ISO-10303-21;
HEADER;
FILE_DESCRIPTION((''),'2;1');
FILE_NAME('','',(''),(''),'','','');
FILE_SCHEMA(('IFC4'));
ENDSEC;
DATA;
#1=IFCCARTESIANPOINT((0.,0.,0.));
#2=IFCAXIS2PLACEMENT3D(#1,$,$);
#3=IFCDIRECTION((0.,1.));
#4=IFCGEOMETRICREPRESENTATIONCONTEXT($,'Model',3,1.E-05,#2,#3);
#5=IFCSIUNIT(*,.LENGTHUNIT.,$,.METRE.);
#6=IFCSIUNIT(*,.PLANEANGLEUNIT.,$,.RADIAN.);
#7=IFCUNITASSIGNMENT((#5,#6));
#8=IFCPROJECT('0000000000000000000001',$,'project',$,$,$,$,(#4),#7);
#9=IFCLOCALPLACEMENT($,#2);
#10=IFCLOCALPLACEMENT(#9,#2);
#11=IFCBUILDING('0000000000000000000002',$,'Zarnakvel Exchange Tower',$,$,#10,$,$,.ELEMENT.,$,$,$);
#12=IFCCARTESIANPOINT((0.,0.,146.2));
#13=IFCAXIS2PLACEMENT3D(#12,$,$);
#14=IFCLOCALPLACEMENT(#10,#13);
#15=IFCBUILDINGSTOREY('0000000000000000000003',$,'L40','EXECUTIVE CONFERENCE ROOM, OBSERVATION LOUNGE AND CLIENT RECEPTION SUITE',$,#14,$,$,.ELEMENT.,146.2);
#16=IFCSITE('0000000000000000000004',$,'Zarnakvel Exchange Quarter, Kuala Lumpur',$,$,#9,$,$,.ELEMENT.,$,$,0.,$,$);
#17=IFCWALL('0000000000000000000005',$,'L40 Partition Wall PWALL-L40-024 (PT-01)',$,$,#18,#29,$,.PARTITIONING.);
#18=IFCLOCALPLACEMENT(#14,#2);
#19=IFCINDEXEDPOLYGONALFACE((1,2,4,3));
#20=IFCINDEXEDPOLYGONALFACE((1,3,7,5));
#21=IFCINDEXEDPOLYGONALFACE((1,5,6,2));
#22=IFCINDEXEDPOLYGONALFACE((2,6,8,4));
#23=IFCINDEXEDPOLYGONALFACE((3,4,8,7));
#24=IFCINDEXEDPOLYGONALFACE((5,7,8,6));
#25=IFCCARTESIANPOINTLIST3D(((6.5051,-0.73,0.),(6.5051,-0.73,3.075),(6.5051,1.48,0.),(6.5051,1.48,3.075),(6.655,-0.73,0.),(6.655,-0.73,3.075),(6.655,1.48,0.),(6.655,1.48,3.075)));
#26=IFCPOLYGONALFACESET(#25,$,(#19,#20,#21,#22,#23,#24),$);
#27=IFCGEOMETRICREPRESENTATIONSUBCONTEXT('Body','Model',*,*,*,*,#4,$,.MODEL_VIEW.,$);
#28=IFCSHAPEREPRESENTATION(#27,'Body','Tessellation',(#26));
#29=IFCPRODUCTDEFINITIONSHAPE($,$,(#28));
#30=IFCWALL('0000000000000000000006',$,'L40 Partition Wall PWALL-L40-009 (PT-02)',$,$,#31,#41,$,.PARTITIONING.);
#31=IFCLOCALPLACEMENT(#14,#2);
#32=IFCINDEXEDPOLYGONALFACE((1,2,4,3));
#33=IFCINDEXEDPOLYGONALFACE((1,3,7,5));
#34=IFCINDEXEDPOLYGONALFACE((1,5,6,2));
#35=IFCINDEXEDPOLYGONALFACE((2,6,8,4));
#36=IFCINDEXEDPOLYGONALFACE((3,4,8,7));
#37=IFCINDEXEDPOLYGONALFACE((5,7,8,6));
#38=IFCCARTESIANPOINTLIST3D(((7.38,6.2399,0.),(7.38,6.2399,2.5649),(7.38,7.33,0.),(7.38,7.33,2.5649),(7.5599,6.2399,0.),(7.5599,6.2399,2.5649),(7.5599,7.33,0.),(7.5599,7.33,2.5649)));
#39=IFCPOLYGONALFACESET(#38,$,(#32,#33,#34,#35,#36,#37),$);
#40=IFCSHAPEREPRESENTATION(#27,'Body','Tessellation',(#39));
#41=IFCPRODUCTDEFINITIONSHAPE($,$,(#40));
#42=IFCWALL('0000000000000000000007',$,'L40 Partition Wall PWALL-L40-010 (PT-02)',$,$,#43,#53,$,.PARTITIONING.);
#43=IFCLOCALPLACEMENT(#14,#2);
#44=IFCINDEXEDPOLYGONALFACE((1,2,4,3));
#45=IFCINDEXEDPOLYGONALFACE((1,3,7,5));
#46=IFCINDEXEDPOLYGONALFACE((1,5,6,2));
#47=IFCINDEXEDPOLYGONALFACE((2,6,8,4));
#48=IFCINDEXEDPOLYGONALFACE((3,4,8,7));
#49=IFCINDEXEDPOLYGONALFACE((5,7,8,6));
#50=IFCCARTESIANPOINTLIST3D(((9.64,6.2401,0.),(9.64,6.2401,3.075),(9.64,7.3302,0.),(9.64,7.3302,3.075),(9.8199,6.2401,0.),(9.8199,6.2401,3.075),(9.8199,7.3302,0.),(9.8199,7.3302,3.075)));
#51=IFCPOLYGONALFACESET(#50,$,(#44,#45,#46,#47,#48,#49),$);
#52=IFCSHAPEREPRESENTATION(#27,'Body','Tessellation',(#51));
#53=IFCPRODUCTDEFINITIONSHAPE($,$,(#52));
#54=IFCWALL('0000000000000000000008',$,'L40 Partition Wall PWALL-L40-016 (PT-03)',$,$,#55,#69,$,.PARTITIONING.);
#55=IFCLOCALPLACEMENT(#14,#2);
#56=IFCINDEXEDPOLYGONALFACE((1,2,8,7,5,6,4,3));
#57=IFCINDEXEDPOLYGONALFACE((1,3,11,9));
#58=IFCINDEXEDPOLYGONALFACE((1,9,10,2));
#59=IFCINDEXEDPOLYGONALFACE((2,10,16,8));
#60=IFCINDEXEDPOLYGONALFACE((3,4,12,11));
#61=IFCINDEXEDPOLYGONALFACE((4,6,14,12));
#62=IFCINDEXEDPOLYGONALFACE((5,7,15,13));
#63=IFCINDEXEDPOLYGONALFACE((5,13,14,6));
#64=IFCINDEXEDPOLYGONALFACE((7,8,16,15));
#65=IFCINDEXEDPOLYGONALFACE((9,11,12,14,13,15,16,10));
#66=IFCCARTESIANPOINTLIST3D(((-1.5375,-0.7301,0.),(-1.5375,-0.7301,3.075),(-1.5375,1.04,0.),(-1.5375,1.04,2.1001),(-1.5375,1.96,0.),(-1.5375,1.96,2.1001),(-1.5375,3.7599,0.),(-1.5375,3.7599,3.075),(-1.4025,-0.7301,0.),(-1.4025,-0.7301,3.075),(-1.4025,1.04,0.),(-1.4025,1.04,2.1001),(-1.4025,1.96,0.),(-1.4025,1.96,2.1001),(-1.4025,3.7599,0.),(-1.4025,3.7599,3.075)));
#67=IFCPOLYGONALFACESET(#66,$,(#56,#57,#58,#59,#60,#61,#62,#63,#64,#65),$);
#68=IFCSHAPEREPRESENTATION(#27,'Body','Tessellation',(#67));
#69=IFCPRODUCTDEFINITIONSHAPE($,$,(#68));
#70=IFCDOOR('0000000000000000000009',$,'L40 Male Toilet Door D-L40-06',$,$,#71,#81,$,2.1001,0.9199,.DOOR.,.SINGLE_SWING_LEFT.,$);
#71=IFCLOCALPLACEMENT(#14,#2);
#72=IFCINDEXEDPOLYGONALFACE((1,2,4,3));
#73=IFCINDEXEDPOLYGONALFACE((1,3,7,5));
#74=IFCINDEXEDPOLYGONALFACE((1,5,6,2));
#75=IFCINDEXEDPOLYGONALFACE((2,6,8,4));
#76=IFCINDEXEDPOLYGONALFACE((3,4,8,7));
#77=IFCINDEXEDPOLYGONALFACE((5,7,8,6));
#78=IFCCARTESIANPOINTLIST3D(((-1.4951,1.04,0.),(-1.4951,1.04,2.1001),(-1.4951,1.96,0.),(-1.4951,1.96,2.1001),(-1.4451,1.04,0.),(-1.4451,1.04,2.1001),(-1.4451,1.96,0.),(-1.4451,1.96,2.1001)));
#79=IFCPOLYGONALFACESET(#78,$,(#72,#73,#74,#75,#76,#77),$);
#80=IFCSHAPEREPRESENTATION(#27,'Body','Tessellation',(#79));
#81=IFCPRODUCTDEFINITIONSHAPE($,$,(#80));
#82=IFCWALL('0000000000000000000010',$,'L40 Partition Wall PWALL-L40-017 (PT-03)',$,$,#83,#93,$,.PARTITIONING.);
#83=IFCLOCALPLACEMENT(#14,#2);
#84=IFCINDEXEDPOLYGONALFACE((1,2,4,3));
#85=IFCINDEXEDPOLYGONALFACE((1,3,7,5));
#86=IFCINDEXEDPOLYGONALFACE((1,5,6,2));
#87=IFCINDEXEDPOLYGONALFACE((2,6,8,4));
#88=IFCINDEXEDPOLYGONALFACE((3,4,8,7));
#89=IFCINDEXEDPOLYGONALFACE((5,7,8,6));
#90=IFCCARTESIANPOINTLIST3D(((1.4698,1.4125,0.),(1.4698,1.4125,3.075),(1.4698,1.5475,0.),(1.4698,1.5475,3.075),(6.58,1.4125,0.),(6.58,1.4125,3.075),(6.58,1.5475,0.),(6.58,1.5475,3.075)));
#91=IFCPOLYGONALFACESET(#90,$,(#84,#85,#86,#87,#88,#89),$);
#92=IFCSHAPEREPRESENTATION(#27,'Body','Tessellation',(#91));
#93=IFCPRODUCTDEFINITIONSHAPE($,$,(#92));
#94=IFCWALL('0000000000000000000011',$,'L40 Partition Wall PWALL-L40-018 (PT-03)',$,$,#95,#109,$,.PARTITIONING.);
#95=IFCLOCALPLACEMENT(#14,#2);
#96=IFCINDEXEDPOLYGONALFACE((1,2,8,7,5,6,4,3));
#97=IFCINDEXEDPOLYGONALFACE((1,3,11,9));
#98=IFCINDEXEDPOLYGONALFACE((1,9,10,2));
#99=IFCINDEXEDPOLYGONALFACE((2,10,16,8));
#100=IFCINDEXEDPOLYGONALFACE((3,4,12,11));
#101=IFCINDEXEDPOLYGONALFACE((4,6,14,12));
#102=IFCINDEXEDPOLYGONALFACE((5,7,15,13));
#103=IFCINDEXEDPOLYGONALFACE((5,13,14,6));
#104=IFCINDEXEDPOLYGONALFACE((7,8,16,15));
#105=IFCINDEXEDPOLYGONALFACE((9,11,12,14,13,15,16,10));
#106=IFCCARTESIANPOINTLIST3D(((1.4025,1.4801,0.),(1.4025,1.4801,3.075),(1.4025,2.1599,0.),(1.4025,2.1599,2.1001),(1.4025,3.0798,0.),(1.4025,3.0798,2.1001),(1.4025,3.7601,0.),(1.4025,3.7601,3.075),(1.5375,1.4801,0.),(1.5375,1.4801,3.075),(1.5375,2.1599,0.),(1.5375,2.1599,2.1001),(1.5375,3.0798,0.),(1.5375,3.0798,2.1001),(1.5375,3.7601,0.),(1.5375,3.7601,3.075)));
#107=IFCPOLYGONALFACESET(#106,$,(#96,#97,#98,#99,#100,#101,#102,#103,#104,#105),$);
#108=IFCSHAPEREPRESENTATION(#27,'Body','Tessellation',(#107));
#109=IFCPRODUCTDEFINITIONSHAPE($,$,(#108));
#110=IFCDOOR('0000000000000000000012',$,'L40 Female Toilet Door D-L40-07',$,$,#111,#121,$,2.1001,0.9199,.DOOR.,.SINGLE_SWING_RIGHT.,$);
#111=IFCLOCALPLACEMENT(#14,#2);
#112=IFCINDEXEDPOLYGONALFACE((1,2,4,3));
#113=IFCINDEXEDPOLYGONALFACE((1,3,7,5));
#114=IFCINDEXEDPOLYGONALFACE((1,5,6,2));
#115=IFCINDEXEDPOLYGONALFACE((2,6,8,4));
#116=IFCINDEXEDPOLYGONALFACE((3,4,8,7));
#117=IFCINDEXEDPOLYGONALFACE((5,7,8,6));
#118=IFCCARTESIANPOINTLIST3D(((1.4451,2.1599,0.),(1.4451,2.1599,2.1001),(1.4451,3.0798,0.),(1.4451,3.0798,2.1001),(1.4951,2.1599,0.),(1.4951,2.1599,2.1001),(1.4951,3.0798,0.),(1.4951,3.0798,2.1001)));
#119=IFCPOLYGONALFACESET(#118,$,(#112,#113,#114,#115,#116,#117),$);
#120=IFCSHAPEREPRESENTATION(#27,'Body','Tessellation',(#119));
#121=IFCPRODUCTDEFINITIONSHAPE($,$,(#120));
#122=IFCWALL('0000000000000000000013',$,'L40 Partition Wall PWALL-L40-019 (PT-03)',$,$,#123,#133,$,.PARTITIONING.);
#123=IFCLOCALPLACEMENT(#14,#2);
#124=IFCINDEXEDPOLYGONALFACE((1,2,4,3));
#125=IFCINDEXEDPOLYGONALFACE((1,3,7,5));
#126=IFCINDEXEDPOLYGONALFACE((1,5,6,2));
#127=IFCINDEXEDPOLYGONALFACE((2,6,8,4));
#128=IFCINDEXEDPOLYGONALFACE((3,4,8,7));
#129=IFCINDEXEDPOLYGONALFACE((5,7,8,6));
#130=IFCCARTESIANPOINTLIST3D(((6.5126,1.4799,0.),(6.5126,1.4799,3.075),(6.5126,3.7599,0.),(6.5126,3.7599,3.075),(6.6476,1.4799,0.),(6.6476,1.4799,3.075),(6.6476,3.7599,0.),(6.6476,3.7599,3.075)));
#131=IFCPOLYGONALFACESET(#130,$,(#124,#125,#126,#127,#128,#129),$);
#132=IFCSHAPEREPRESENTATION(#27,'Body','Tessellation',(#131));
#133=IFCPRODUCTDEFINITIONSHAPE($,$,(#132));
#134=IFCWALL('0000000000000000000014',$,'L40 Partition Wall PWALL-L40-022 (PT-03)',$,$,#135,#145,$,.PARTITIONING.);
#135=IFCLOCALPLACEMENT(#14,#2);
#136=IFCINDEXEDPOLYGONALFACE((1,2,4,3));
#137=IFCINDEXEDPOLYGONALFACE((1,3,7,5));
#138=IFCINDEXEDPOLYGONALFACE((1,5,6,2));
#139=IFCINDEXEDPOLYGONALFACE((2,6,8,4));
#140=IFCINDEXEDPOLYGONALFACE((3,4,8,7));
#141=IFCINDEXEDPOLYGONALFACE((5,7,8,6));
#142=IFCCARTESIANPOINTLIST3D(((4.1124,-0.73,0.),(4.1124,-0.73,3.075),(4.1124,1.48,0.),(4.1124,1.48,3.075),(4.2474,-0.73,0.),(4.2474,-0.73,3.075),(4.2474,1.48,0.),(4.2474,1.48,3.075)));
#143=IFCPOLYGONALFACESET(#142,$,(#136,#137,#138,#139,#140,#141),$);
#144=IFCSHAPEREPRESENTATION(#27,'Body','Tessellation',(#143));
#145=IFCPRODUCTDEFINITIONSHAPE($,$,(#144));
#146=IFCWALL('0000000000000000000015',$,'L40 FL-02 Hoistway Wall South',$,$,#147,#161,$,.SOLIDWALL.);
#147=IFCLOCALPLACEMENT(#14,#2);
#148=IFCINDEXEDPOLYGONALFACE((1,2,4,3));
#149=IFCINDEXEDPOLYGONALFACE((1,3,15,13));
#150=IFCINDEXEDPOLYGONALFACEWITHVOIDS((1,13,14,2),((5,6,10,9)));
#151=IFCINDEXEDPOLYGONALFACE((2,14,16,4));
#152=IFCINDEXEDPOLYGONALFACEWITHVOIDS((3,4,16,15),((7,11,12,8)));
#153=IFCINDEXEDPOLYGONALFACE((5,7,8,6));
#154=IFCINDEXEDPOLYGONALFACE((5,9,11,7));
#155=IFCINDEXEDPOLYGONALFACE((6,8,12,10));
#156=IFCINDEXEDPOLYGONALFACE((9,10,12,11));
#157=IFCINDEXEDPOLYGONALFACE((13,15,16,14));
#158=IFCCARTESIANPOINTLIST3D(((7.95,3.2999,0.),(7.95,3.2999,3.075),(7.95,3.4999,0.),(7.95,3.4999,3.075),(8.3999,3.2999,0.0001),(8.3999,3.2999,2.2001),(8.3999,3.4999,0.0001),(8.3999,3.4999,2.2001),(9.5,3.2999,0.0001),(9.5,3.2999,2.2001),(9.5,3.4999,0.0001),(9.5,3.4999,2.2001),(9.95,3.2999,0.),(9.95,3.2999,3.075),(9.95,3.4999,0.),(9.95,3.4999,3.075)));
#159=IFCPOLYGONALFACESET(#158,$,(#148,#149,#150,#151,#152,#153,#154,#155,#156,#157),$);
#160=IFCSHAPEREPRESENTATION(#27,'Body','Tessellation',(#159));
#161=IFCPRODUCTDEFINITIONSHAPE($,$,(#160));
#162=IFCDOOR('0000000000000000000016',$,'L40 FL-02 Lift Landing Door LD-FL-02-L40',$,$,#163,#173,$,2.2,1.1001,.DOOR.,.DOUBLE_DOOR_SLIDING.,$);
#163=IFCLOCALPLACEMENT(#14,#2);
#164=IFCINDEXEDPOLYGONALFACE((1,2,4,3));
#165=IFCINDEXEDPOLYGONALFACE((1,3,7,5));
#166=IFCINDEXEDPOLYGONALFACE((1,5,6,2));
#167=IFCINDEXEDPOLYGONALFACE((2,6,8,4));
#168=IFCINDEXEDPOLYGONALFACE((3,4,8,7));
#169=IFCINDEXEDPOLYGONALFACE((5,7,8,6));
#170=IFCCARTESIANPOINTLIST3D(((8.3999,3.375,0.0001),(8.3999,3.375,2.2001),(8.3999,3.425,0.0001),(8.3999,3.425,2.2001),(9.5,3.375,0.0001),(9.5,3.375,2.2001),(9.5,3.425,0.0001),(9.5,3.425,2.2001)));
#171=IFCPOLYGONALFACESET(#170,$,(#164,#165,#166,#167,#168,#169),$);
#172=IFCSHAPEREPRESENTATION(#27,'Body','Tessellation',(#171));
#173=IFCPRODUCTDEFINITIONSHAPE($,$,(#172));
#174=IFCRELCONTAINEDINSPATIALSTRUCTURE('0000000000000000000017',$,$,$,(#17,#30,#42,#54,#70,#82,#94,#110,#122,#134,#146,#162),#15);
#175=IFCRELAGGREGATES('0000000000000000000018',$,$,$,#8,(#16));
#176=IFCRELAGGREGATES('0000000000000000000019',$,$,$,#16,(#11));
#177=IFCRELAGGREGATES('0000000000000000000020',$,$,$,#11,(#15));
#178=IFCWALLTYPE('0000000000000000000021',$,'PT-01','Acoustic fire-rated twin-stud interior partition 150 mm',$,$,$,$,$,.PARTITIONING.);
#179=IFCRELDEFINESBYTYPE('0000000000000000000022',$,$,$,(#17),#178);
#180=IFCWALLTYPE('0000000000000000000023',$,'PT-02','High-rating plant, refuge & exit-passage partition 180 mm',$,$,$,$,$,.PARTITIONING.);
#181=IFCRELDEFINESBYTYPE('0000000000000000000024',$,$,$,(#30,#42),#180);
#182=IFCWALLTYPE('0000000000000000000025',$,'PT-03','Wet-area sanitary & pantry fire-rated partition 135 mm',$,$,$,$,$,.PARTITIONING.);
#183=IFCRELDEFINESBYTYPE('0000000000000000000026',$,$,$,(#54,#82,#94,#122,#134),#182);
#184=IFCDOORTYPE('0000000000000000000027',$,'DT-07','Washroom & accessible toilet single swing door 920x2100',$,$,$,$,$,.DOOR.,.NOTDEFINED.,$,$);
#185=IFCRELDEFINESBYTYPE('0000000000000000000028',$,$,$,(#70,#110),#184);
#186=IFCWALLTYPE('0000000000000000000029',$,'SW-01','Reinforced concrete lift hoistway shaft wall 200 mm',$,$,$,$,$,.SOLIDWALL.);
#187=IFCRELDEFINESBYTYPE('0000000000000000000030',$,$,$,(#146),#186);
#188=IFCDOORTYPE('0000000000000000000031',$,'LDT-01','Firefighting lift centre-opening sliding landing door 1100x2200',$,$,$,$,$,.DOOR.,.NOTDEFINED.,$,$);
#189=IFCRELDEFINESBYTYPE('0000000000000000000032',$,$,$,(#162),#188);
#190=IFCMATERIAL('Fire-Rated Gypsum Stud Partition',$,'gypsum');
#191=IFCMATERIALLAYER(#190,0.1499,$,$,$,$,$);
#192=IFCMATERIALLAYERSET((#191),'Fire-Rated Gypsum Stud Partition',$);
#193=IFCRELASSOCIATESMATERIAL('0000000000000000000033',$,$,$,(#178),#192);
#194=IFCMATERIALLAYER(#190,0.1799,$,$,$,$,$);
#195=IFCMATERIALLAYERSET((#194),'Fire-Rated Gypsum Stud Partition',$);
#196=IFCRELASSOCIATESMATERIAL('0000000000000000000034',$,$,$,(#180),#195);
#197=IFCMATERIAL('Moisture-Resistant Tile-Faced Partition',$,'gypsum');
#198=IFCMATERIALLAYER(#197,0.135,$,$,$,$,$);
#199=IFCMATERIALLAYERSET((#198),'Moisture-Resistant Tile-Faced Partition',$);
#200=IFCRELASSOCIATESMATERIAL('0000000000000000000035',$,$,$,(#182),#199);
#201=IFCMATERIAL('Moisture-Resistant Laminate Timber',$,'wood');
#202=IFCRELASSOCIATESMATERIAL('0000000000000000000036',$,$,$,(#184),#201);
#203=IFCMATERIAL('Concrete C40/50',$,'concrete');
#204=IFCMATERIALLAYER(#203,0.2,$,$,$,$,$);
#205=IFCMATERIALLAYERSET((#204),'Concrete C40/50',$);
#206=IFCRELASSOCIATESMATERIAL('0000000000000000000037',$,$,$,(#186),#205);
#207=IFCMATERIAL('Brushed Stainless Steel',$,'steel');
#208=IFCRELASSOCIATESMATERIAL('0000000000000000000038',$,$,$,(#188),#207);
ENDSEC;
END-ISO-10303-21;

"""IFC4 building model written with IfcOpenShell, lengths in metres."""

from ifc_helpers import new_model, si_unit, direction, frame, frame_2d, origin, place, context, subcontext, project, spatial, rectangle, extrude, source, transform, mapped, material, layer, layer_set, type_object, element, fill, save


model = new_model("IFC4")

# Units and contexts
model_context = context("Model", 3, precision=1e-05, world=origin(), true_north=direction((0.0, 1.0)))
body_context = subcontext(model_context, "Body", "Model", "MODEL_VIEW")
ifc_project = project(units=[si_unit("LENGTHUNIT", "METRE"), si_unit("PLANEANGLEUNIT", "RADIAN")], contexts=[model_context])

# Site, building, storey
site_placement = place(None, origin())
site = spatial("IfcSite", under=ifc_project, at=site_placement, Name="Zarnakvel Exchange Quarter, Kuala Lumpur", CompositionType="ELEMENT", RefElevation=0.0)
building_placement = place(site_placement, origin())
building = spatial("IfcBuilding", under=site, at=building_placement, Name="Zarnakvel Exchange Tower", CompositionType="ELEMENT")
storey_placement = place(building_placement, frame((0.0, 0.0, 146.2)))
storey = spatial("IfcBuildingStorey", under=building, at=storey_placement, Name="L40", Description="EXECUTIVE CONFERENCE ROOM, OBSERVATION LOUNGE AND CLIENT RECEPTION SUITE", CompositionType="ELEMENT", Elevation=146.2)

# Walls
ifc_material_1 = material(Name="Fire-Rated Gypsum Stud Partition", Category="gypsum")
ifc_layer_1 = layer(ifc_material_1, 0.1499)
ifc_layer_set_1 = layer_set([ifc_layer_1], Name="Fire-Rated Gypsum Stud Partition")
wall_type_1 = type_object("IfcWallType", Name="PT-01", Description="Acoustic fire-rated twin-stud interior partition 150 mm", PredefinedType="PARTITIONING", material=ifc_layer_set_1)
wall_1_placement = place(storey_placement, frame((6.5801, 1.48, 0.0), z_axis=(0.0, 0.0, 1.0), x_axis=(0.0, -1.0, 0.0)))
element("IfcWall", 1, at=wall_1_placement, inside=storey, type_object=wall_type_1, Name="L40 Partition Wall PWALL-L40-024 (PT-01)", PredefinedType="PARTITIONING", context=body_context, shape_type="SweptSolid", body=[
    extrude(rectangle(XDim=2.21, YDim=0.1499, at=frame_2d((1.105, 0.0))), origin(), (0.0, 0.0, 1.0), 3.075),
])
ifc_layer_2 = layer(ifc_material_1, 0.1799)
ifc_layer_set_2 = layer_set([ifc_layer_2], Name="Fire-Rated Gypsum Stud Partition")
wall_type_2 = type_object("IfcWallType", Name="PT-02", Description="High-rating plant, refuge & exit-passage partition 180 mm", PredefinedType="PARTITIONING", material=ifc_layer_set_2)
wall_2_placement = place(storey_placement, frame((7.47, 6.24, 0.0), z_axis=(0.0, 0.0, 1.0), x_axis=(0.0, 1.0, 0.0)))
element("IfcWall", 2, at=wall_2_placement, inside=storey, type_object=wall_type_2, Name="L40 Partition Wall PWALL-L40-009 (PT-02)", PredefinedType="PARTITIONING", context=body_context, shape_type="SweptSolid", body=[
    extrude(rectangle(XDim=1.0901, YDim=0.1799, at=frame_2d((0.5449, 0.0))), origin(), (0.0, 0.0, 1.0), 2.5649),
])
wall_3_placement = place(storey_placement, frame((9.73, 7.3301, 0.0), z_axis=(0.0, 0.0, 1.0), x_axis=(0.0, -1.0, 0.0)))
element("IfcWall", 3, at=wall_3_placement, inside=storey, type_object=wall_type_2, Name="L40 Partition Wall PWALL-L40-010 (PT-02)", PredefinedType="PARTITIONING", context=body_context, shape_type="SweptSolid", body=[
    extrude(rectangle(XDim=1.0901, YDim=0.1799, at=frame_2d((0.5449, 0.0))), origin(), (0.0, 0.0, 1.0), 3.075),
])

# Wall, opening, door
ifc_material_2 = material(Name="Moisture-Resistant Tile-Faced Partition", Category="gypsum")
ifc_layer_3 = layer(ifc_material_2, 0.135)
ifc_layer_set_3 = layer_set([ifc_layer_3], Name="Moisture-Resistant Tile-Faced Partition")
wall_type_3 = type_object("IfcWallType", Name="PT-03", Description="Wet-area sanitary & pantry fire-rated partition 135 mm", PredefinedType="PARTITIONING", material=ifc_layer_set_3)
wall_4_placement = place(storey_placement, frame((-1.47, 3.76, 0.0), z_axis=(0.0, 0.0, 1.0), x_axis=(0.0, -1.0, 0.0)))
wall_4 = element("IfcWall", 4, at=wall_4_placement, inside=storey, type_object=wall_type_3, Name="L40 Partition Wall PWALL-L40-016 (PT-03)", PredefinedType="PARTITIONING", context=body_context, shape_type="SweptSolid", body=[
    extrude(rectangle(XDim=4.49, YDim=0.135, at=frame_2d((2.2451, 0.0))), origin(), (0.0, 0.0, 1.0), 3.075),
])
opening_1_placement = place(wall_4_placement, frame((1.8, 0.0, 0.0)))
opening_1 = element("IfcOpeningElement", 5, at=opening_1_placement, cuts=wall_4, PredefinedType="OPENING", context=body_context, shape_type="SweptSolid", body=[
    extrude(rectangle(XDim=0.9199, YDim=2.1001, at=frame_2d((0.46, 1.05))), frame((0.0, 0.0774, 0.0), z_axis=(0.0, -1.0, 0.0), x_axis=(1.0, 0.0, 0.0)), (0.0, 0.0, 1.0), 0.155),
])
ifc_material_3 = material(Name="Moisture-Resistant Laminate Timber", Category="wood")
door_type_1 = type_object("IfcDoorType", Name="DT-07", Description="Washroom & accessible toilet single swing door 920x2100", OperationType="NOTDEFINED", PredefinedType="DOOR", material=ifc_material_3)
shared_shape_1 = source(origin(), body_context, "Body", "SweptSolid", [
    extrude(rectangle(XDim=0.9199, YDim=2.1001, at=frame_2d((0.46, 1.05))), frame((0.0, 0.0249, 0.0), z_axis=(0.0, -1.0, 0.0), x_axis=(1.0, 0.0, 0.0)), (0.0, 0.0, 1.0), 0.05),
])
door_1_placement = place(opening_1_placement, origin())
door_1 = element("IfcDoor", 6, at=door_1_placement, inside=storey, type_object=door_type_1, Name="L40 Male Toilet Door D-L40-06", OperationType="SINGLE_SWING_LEFT", OverallHeight=2.1001, OverallWidth=0.9199, PredefinedType="DOOR", context=body_context, shape_type="MappedRepresentation", body=[
    mapped(shared_shape_1, transform((0.0, 0.0, 0.0), x_axis=(1.0, 0.0, 0.0), y_axis=(0.0, 1.0, 0.0), z_axis=(0.0, 0.0, 1.0), scale=1.0)),
])
fill(opening_1, door_1)

# Wall
wall_5_placement = place(storey_placement, frame((6.5801, 1.48, 0.0), z_axis=(0.0, 0.0, 1.0), x_axis=(-1.0, 0.0, 0.0)))
element("IfcWall", 7, at=wall_5_placement, inside=storey, type_object=wall_type_3, Name="L40 Partition Wall PWALL-L40-017 (PT-03)", PredefinedType="PARTITIONING", context=body_context, shape_type="SweptSolid", body=[
    extrude(rectangle(XDim=5.1101, YDim=0.135, at=frame_2d((2.5552, 0.0))), origin(), (0.0, 0.0, 1.0), 3.075),
])

# Wall, opening, door
wall_6_placement = place(storey_placement, frame((1.47, 1.48, 0.0), z_axis=(0.0, 0.0, 1.0), x_axis=(0.0, 1.0, 0.0)))
wall_6 = element("IfcWall", 8, at=wall_6_placement, inside=storey, type_object=wall_type_3, Name="L40 Partition Wall PWALL-L40-018 (PT-03)", PredefinedType="PARTITIONING", context=body_context, shape_type="SweptSolid", body=[
    extrude(rectangle(XDim=2.28, YDim=0.135, at=frame_2d((1.1401, 0.0))), origin(), (0.0, 0.0, 1.0), 3.075),
])
opening_2_placement = place(wall_6_placement, frame((0.6799, 0.0, 0.0)))
opening_2 = element("IfcOpeningElement", 9, at=opening_2_placement, cuts=wall_6, PredefinedType="OPENING", context=body_context, shape_type="SweptSolid", body=[
    extrude(rectangle(XDim=0.9199, YDim=2.1001, at=frame_2d((0.46, 1.05))), frame((0.0, 0.0774, 0.0), z_axis=(0.0, -1.0, 0.0), x_axis=(1.0, 0.0, 0.0)), (0.0, 0.0, 1.0), 0.155),
])
door_2_placement = place(opening_2_placement, origin())
door_2 = element("IfcDoor", 10, at=door_2_placement, inside=storey, type_object=door_type_1, Name="L40 Female Toilet Door D-L40-07", OperationType="SINGLE_SWING_RIGHT", OverallHeight=2.1001, OverallWidth=0.9199, PredefinedType="DOOR", context=body_context, shape_type="MappedRepresentation", body=[
    mapped(shared_shape_1, transform((0.0, 0.0, 0.0), x_axis=(1.0, 0.0, 0.0), y_axis=(0.0, 1.0, 0.0), z_axis=(0.0, 0.0, 1.0), scale=1.0)),
])
fill(opening_2, door_2)

# Walls
wall_7_placement = place(storey_placement, frame((6.5801, 3.76, 0.0), z_axis=(0.0, 0.0, 1.0), x_axis=(0.0, -1.0, 0.0)))
element("IfcWall", 11, at=wall_7_placement, inside=storey, type_object=wall_type_3, Name="L40 Partition Wall PWALL-L40-019 (PT-03)", PredefinedType="PARTITIONING", context=body_context, shape_type="SweptSolid", body=[
    extrude(rectangle(XDim=2.28, YDim=0.135, at=frame_2d((1.1401, 0.0))), origin(), (0.0, 0.0, 1.0), 3.075),
])
wall_8_placement = place(storey_placement, frame((4.1799, 1.48, 0.0), z_axis=(0.0, 0.0, 1.0), x_axis=(0.0, -1.0, 0.0)))
element("IfcWall", 12, at=wall_8_placement, inside=storey, type_object=wall_type_3, Name="L40 Partition Wall PWALL-L40-022 (PT-03)", PredefinedType="PARTITIONING", context=body_context, shape_type="SweptSolid", body=[
    extrude(rectangle(XDim=2.21, YDim=0.135, at=frame_2d((1.105, 0.0))), origin(), (0.0, 0.0, 1.0), 3.075),
])

# Wall, opening, door
ifc_material_4 = material(Name="Concrete C40/50", Category="concrete")
ifc_layer_4 = layer(ifc_material_4, 0.2)
ifc_layer_set_4 = layer_set([ifc_layer_4], Name="Concrete C40/50")
wall_type_4 = type_object("IfcWallType", Name="SW-01", Description="Reinforced concrete lift hoistway shaft wall 200 mm", PredefinedType="SOLIDWALL", material=ifc_layer_set_4)
wall_9_placement = place(storey_placement, frame((9.95, 3.3999, 0.0), z_axis=(0.0, 0.0, 1.0), x_axis=(-1.0, 0.0, 0.0)))
wall_9 = element("IfcWall", 13, at=wall_9_placement, inside=storey, type_object=wall_type_4, Name="L40 FL-02 Hoistway Wall South", PredefinedType="SOLIDWALL", context=body_context, shape_type="SweptSolid", body=[
    extrude(rectangle(XDim=2.0, YDim=0.2, at=frame_2d((1.0, 0.0))), origin(), (0.0, 0.0, 1.0), 3.075),
])
opening_3_placement = place(wall_9_placement, frame((0.45, 0.0, 0.0)))
opening_3 = element("IfcOpeningElement", 14, at=opening_3_placement, cuts=wall_9, PredefinedType="OPENING", context=body_context, shape_type="SweptSolid", body=[
    extrude(rectangle(XDim=1.1001, YDim=2.2, at=frame_2d((0.55, 1.1001))), frame((0.0, 0.1099, 0.0), z_axis=(0.0, -1.0, 0.0), x_axis=(1.0, 0.0, 0.0)), (0.0, 0.0, 1.0), 0.22),
])
ifc_material_5 = material(Name="Brushed Stainless Steel", Category="steel")
door_type_2 = type_object("IfcDoorType", Name="LDT-01", Description="Firefighting lift centre-opening sliding landing door 1100x2200", OperationType="NOTDEFINED", PredefinedType="DOOR", material=ifc_material_5)
shared_shape_2 = source(origin(), body_context, "Body", "SweptSolid", [
    extrude(rectangle(XDim=1.1001, YDim=2.2, at=frame_2d((0.55, 1.1001))), frame((0.0, 0.0249, 0.0), z_axis=(0.0, -1.0, 0.0), x_axis=(1.0, 0.0, 0.0)), (0.0, 0.0, 1.0), 0.05),
])
door_3_placement = place(opening_3_placement, origin())
door_3 = element("IfcDoor", 15, at=door_3_placement, inside=storey, type_object=door_type_2, Name="L40 FL-02 Lift Landing Door LD-FL-02-L40", OperationType="DOUBLE_DOOR_SLIDING", OverallHeight=2.2, OverallWidth=1.1001, PredefinedType="DOOR", context=body_context, shape_type="MappedRepresentation", body=[
    mapped(shared_shape_2, transform((0.0, 0.0, 0.0), x_axis=(1.0, 0.0, 0.0), y_axis=(0.0, 1.0, 0.0), z_axis=(0.0, 0.0, 1.0), scale=1.0)),
])
fill(opening_3, door_3)

save(model, "model.ifc")
